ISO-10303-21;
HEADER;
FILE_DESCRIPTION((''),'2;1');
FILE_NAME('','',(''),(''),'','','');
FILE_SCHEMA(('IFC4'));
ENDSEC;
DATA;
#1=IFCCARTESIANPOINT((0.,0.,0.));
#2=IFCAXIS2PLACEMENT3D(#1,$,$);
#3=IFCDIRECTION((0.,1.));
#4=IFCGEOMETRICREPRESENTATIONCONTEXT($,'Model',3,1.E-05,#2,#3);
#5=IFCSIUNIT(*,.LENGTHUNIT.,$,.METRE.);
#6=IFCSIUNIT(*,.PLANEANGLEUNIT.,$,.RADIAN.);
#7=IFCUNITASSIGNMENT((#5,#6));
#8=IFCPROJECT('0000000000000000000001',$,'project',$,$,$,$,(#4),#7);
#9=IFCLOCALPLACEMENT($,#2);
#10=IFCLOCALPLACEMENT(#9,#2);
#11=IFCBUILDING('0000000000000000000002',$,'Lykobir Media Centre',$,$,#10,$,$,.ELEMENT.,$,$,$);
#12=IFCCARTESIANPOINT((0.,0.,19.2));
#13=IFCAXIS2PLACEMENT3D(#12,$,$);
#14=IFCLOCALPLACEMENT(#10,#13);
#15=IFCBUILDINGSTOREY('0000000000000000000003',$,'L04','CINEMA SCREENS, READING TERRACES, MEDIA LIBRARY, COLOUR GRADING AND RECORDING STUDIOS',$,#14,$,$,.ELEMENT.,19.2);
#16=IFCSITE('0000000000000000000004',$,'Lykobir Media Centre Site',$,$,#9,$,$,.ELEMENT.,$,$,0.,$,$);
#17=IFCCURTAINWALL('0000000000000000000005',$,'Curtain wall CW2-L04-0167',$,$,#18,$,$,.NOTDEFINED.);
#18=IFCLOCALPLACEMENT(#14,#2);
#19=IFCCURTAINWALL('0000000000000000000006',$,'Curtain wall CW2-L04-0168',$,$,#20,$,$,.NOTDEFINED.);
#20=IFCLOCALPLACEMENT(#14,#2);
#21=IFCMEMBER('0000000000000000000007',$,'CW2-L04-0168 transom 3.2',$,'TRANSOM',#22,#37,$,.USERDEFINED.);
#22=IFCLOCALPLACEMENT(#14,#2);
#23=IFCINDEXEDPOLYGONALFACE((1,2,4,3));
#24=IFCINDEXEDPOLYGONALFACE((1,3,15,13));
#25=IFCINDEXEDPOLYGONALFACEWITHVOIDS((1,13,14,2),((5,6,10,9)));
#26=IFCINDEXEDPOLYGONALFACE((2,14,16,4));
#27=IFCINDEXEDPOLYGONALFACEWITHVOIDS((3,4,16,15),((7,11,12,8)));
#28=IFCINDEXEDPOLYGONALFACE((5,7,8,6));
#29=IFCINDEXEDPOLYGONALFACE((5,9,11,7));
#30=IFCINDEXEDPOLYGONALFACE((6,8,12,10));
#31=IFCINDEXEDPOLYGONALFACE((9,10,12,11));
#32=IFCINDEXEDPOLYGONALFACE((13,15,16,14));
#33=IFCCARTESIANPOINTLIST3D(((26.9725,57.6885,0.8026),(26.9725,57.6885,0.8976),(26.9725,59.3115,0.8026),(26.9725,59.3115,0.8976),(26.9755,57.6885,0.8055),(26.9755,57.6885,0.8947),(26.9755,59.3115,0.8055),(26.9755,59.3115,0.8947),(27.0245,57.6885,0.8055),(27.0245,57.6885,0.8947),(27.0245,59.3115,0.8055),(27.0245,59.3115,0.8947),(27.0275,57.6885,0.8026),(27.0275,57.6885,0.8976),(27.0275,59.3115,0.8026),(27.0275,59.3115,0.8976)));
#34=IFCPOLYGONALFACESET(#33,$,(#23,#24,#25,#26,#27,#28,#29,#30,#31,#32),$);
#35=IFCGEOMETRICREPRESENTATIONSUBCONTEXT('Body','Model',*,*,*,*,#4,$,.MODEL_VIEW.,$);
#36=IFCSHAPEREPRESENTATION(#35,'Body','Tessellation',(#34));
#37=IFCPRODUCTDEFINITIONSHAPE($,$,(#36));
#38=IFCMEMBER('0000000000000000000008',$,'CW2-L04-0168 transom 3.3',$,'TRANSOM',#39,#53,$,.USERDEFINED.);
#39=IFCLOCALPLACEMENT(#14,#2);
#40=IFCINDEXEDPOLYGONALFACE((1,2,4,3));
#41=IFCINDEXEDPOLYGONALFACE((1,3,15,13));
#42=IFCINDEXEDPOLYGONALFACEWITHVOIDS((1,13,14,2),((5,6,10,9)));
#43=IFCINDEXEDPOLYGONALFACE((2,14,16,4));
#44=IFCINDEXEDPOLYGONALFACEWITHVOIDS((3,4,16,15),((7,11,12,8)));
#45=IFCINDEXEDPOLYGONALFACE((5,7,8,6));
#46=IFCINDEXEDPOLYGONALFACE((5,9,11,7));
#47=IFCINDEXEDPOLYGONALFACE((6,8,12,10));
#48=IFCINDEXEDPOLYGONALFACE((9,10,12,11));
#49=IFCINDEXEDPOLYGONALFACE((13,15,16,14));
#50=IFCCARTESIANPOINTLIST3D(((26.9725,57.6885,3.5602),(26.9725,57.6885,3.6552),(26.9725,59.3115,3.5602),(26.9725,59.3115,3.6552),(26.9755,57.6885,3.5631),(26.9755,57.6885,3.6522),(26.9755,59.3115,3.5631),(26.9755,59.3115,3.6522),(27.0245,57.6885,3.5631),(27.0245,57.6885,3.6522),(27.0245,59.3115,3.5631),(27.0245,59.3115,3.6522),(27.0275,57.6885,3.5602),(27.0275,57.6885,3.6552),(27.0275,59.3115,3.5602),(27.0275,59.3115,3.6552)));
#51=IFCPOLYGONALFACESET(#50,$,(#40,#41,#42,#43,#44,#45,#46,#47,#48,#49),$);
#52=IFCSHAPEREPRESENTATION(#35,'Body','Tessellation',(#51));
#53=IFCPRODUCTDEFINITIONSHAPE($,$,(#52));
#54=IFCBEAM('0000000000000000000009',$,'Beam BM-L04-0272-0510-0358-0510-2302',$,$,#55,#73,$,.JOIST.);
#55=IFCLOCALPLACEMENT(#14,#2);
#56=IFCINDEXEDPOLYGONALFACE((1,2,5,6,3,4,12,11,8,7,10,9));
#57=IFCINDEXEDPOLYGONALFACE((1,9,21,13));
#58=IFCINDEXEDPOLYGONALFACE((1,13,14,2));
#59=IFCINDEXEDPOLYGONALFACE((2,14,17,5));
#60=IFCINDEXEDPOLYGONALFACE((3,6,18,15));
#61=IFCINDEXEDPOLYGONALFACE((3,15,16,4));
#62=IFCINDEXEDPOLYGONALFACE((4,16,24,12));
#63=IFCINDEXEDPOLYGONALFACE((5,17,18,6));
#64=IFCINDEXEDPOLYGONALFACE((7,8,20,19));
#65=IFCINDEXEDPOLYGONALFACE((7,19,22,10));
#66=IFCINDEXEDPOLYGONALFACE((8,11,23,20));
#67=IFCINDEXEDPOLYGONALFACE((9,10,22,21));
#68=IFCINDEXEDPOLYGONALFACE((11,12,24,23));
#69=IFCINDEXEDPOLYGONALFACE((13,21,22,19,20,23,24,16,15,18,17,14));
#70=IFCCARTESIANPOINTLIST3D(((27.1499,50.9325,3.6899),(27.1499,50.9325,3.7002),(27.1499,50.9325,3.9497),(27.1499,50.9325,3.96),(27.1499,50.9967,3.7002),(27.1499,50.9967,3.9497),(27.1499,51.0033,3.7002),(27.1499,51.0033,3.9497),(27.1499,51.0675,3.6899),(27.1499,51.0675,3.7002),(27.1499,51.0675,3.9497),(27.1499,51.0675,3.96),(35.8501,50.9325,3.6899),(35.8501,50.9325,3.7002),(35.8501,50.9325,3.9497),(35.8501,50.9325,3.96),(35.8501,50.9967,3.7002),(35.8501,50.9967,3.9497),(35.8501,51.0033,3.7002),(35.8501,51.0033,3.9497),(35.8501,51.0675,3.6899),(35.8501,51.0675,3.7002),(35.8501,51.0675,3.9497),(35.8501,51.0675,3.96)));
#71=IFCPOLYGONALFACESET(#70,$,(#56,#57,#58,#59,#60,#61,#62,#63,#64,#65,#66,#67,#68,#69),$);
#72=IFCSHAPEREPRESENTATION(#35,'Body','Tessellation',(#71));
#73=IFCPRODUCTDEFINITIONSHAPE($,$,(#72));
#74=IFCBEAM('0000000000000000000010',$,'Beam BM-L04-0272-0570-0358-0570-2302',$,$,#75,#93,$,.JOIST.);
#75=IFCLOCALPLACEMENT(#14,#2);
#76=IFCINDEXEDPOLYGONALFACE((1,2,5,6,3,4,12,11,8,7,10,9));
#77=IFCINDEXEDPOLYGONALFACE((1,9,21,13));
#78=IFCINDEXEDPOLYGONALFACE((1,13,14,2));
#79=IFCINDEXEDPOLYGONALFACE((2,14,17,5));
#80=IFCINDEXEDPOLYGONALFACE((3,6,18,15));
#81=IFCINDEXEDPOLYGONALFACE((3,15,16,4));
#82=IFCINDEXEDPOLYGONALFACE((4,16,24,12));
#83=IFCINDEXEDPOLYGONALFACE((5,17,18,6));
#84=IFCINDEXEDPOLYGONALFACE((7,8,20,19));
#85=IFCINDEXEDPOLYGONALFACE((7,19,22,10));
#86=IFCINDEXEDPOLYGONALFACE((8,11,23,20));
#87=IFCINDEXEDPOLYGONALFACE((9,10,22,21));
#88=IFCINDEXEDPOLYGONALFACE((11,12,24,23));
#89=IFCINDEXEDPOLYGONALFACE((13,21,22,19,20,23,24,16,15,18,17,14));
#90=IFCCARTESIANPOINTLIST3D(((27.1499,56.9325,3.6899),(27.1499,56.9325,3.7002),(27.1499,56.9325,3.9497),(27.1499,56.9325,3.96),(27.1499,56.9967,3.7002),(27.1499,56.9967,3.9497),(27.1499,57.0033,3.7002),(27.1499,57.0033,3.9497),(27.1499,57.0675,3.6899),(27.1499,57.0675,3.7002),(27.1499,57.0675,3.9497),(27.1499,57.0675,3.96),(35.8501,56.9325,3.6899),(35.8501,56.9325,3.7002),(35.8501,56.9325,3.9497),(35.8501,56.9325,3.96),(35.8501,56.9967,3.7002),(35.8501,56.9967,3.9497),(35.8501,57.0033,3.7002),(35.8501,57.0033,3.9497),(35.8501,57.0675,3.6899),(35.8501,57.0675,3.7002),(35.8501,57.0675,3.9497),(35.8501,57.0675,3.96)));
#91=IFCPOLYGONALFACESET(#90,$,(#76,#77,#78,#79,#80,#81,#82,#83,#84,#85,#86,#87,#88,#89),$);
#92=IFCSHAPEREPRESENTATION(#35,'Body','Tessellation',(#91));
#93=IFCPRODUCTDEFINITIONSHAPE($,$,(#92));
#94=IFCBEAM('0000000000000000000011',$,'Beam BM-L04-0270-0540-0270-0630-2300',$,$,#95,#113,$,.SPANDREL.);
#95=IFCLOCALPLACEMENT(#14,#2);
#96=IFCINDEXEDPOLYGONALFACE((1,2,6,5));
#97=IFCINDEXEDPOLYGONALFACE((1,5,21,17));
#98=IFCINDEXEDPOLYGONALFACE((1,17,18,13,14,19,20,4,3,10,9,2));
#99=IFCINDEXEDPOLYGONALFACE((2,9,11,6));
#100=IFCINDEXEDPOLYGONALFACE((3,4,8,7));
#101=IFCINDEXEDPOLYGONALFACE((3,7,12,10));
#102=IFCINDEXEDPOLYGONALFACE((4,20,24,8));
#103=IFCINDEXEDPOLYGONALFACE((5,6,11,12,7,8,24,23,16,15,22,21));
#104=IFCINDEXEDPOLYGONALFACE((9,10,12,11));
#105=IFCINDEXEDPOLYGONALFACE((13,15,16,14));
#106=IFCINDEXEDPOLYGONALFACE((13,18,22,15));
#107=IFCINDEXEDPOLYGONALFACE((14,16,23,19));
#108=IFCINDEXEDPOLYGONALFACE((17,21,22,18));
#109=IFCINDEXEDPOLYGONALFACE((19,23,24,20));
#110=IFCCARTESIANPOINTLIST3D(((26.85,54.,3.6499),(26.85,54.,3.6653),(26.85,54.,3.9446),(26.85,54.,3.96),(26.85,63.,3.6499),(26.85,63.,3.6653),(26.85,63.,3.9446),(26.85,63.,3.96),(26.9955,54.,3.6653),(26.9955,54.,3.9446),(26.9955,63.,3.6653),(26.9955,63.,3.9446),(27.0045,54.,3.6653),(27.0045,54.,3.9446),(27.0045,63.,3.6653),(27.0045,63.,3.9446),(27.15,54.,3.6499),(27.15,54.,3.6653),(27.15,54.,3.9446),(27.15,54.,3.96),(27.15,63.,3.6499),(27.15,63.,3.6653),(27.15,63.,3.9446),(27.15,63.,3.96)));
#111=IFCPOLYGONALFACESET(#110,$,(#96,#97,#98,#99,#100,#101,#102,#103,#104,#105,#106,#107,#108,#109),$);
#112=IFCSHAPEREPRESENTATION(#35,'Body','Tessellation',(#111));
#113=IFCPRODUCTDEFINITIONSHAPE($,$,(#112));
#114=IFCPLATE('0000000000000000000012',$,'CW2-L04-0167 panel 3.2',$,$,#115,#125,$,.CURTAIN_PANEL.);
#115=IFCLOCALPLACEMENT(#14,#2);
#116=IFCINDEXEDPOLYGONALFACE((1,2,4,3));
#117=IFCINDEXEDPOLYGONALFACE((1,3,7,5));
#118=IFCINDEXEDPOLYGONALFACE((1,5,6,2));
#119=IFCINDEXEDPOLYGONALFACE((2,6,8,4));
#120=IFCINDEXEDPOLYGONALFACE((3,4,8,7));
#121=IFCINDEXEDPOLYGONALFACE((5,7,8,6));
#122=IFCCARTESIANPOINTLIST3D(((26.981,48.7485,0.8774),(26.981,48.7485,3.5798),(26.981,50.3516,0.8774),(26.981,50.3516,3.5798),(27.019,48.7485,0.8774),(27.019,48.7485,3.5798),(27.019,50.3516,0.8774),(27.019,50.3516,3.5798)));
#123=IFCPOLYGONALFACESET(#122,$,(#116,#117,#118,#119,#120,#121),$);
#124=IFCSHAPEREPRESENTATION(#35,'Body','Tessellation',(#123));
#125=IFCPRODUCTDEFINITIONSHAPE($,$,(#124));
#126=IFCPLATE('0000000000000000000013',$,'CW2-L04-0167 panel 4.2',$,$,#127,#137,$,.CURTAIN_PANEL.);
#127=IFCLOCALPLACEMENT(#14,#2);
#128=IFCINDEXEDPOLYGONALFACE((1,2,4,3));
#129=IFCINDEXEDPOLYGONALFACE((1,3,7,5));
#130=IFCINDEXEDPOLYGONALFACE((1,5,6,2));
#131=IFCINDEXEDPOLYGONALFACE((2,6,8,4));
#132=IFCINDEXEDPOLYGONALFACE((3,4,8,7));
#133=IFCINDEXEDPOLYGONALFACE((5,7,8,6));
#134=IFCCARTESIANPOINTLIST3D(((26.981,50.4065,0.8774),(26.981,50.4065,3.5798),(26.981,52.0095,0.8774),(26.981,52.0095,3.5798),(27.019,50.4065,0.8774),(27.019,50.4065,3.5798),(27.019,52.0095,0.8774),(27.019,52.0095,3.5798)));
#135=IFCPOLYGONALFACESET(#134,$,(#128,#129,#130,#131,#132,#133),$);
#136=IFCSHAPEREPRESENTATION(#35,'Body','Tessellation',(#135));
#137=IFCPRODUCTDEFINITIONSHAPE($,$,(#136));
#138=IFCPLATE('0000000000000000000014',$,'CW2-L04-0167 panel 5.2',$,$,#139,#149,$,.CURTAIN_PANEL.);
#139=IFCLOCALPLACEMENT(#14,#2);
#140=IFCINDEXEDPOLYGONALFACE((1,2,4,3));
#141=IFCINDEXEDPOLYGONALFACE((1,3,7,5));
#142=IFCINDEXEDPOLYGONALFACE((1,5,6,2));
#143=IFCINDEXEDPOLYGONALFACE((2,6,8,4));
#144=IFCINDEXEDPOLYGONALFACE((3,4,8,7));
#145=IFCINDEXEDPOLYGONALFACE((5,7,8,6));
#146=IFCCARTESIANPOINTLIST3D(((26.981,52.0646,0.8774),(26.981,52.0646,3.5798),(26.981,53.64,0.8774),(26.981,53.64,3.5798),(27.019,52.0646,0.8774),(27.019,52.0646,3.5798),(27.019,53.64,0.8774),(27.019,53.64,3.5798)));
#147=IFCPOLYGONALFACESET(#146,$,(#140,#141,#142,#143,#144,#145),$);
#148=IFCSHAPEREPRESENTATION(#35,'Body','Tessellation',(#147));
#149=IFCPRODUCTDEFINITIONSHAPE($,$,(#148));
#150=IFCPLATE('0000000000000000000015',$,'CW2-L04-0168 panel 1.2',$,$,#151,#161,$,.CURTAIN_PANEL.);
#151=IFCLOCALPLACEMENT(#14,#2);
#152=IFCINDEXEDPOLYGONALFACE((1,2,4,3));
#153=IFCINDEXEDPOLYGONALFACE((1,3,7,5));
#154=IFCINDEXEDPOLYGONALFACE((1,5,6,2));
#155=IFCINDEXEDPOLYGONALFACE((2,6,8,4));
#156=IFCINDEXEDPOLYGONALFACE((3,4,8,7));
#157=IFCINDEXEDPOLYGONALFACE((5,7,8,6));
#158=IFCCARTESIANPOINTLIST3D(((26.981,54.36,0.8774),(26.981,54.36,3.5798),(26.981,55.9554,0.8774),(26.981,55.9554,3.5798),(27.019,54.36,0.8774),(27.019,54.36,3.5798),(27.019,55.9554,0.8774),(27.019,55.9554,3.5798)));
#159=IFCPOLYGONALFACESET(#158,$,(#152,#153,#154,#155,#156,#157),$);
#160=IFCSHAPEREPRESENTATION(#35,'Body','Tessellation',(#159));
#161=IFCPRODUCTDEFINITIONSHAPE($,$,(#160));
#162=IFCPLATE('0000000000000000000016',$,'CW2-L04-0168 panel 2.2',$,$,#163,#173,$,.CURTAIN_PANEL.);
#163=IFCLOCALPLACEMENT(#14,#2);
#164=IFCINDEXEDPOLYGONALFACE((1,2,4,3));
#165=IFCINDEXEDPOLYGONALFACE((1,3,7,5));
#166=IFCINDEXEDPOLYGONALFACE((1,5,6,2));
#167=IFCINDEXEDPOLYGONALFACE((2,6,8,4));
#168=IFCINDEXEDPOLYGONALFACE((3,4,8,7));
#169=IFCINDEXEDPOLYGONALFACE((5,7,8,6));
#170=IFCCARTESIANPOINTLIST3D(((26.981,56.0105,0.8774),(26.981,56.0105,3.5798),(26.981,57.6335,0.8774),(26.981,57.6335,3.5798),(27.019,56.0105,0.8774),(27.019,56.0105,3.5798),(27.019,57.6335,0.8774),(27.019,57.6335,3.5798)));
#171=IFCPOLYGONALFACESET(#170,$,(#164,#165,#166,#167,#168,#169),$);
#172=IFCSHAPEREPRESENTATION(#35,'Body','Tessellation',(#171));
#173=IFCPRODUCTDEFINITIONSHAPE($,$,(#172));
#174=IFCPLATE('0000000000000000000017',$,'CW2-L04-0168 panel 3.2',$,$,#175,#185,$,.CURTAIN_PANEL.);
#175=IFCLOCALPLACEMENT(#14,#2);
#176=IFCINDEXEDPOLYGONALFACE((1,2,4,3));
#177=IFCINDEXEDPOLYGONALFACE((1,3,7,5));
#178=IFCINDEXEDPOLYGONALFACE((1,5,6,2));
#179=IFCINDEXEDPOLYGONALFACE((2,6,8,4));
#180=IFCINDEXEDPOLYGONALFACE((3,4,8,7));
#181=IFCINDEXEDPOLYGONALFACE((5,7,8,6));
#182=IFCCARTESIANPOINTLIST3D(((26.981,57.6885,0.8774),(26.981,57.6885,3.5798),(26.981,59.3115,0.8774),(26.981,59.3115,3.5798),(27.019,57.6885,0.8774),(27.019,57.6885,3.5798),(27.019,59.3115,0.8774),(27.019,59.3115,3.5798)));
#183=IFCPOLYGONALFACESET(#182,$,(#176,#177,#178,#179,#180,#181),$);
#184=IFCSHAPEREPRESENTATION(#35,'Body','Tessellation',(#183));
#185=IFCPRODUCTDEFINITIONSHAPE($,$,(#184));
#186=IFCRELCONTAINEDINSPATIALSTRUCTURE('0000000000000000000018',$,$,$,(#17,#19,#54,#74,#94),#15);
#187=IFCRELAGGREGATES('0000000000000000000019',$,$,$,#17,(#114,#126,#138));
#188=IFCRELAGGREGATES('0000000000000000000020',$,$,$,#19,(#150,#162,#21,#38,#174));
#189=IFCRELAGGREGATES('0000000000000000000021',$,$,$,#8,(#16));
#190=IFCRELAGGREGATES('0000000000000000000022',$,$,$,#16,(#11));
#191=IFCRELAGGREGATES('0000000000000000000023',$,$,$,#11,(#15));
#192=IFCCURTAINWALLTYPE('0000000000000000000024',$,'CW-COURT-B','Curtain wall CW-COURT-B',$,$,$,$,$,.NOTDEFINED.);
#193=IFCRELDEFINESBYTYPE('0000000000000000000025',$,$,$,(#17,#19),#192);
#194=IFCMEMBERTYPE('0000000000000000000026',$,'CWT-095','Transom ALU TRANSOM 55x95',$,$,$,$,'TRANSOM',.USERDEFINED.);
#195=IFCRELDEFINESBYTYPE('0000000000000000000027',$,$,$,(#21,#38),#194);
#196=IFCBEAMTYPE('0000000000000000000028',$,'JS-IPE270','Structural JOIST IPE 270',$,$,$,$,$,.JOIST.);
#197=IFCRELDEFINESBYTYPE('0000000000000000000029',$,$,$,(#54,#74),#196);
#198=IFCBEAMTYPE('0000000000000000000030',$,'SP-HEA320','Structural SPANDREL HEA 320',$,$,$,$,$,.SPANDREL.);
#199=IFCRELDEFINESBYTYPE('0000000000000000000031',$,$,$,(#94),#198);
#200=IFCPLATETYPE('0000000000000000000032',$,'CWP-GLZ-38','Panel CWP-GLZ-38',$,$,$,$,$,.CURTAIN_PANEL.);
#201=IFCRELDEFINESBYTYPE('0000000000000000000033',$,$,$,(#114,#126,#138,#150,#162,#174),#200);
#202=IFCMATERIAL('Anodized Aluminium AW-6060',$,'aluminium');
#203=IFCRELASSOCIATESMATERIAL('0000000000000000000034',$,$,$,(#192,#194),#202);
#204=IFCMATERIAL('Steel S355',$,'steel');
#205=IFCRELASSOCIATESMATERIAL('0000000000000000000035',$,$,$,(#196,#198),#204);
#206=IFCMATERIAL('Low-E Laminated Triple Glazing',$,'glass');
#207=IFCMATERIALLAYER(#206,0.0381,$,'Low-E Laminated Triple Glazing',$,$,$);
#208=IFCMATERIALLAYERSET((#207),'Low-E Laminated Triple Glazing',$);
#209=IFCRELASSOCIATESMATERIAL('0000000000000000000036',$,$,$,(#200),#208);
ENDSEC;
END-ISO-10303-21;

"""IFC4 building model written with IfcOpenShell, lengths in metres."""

from ifc_helpers import new_model, si_unit, direction, frame, origin, origin_2d, place, context, subcontext, project, spatial, rectangle, hollow_rectangle, i_section, extrude, material, layer, layer_set, material_profile, profile_set, type_object, element, aggregate, save


model = new_model("IFC4")

# Units and contexts
model_context = context("Model", 3, precision=1e-05, world=origin(), true_north=direction((0.0, 1.0)))
body_context = subcontext(model_context, "Body", "Model", "MODEL_VIEW")
ifc_project = project(units=[si_unit("LENGTHUNIT", "METRE"), si_unit("PLANEANGLEUNIT", "RADIAN")], contexts=[model_context])

# Site, building, storey
site_placement = place(None, origin())
site = spatial("IfcSite", under=ifc_project, at=site_placement, Name="Lykobir Media Centre Site", CompositionType="ELEMENT", RefElevation=0.0)
building_placement = place(site_placement, origin())
building = spatial("IfcBuilding", under=site, at=building_placement, Name="Lykobir Media Centre", CompositionType="ELEMENT")
storey_placement = place(building_placement, frame((0.0, 0.0, 19.2)))
storey = spatial("IfcBuildingStorey", under=building, at=storey_placement, Name="L04", Description="CINEMA SCREENS, READING TERRACES, MEDIA LIBRARY, COLOUR GRADING AND RECORDING STUDIOS", CompositionType="ELEMENT", Elevation=19.2)

# Shared definitions
ifc_material_1 = material(Name="Steel S355", Category="steel")

# Curtain walls
ifc_material_2 = material(Name="Anodized Aluminium AW-6060", Category="aluminium")
curtain_wall_type = type_object("IfcCurtainWallType", Name="CW-COURT-B", Description="Curtain wall CW-COURT-B", PredefinedType="NOTDEFINED", material=ifc_material_2)
curtain_wall_1_placement = place(storey_placement, origin())
curtain_wall_1 = element("IfcCurtainWall", 1, at=curtain_wall_1_placement, inside=storey, type_object=curtain_wall_type, Name="Curtain wall CW2-L04-0167", PredefinedType="NOTDEFINED")
curtain_wall_2_placement = place(storey_placement, origin())
curtain_wall_2 = element("IfcCurtainWall", 2, at=curtain_wall_2_placement, inside=storey, type_object=curtain_wall_type, Name="Curtain wall CW2-L04-0168", PredefinedType="NOTDEFINED")

# Members
ifc_material_profile_1 = material_profile(ifc_material_2, hollow_rectangle(XDim=0.0549, YDim=0.095, WallThickness=0.0029, at=origin_2d()), Name="ALU TRANSOM 55x95")
ifc_profile_set_1 = profile_set([ifc_material_profile_1], Name="Anodized Aluminium AW-6060")
member_type_1 = type_object("IfcMemberType", Name="CWT-095", Description="Transom ALU TRANSOM 55x95", ElementType="TRANSOM", PredefinedType="USERDEFINED", material=ifc_profile_set_1)
member_1_placement = place(storey_placement, frame((27.0, 57.6885, 0.8501), z_axis=(0.0, 1.0, 0.0), x_axis=(-1.0, 0.0, 0.0)))
member_1 = element("IfcMember", 3, at=member_1_placement, type_object=member_type_1, Name="CW2-L04-0168 transom 3.2", ObjectType="TRANSOM", PredefinedType="USERDEFINED", context=body_context, shape_type="SweptSolid", body=[
    extrude(hollow_rectangle(XDim=0.0549, YDim=0.095, WallThickness=0.0029, at=origin_2d()), origin(), (0.0, 0.0, 1.0), 1.623),
])
member_2_placement = place(storey_placement, frame((27.0, 57.6885, 3.6077), z_axis=(0.0, 1.0, 0.0), x_axis=(-1.0, 0.0, 0.0)))
member_2 = element("IfcMember", 4, at=member_2_placement, type_object=member_type_1, Name="CW2-L04-0168 transom 3.3", ObjectType="TRANSOM", PredefinedType="USERDEFINED", context=body_context, shape_type="SweptSolid", body=[
    extrude(hollow_rectangle(XDim=0.0549, YDim=0.095, WallThickness=0.0029, at=origin_2d()), origin(), (0.0, 0.0, 1.0), 1.623),
])

# Beams
ifc_material_profile_2 = material_profile(ifc_material_1, i_section(OverallWidth=0.135, OverallDepth=0.27, WebThickness=0.0066, FlangeThickness=0.0103, at=origin_2d()), Name="IPE 270")
ifc_profile_set_2 = profile_set([ifc_material_profile_2], Name="Steel S355")
beam_type_1 = type_object("IfcBeamType", Name="JS-IPE270", Description="Structural JOIST IPE 270", PredefinedType="JOIST", material=ifc_profile_set_2)
for number, where, z_axis, x_axis, name in (
    (5, (27.1499, 51.0, 3.825), (1.0, 0.0, 0.0), (0.0, 1.0, 0.0), "Beam BM-L04-0272-0510-0358-0510-2302"),
    (6, (27.1499, 57.0, 3.825), (1.0, 0.0, 0.0), (0.0, 1.0, 0.0), "Beam BM-L04-0272-0570-0358-0570-2302"),
):
    element("IfcBeam", number, at=place(storey_placement, frame(where, z_axis=z_axis, x_axis=x_axis)), inside=storey, type_object=beam_type_1, Name=name, PredefinedType="JOIST", context=body_context, shape_type="SweptSolid", body=[
        extrude(i_section(OverallWidth=0.135, OverallDepth=0.27, WebThickness=0.0066, FlangeThickness=0.0103, at=origin_2d()), origin(), (0.0, 0.0, 1.0), 8.7002),
    ])
ifc_material_profile_3 = material_profile(ifc_material_1, i_section(OverallWidth=0.3, OverallDepth=0.3101, WebThickness=0.009, FlangeThickness=0.0154, at=origin_2d()), Name="HEA 320")
ifc_profile_set_3 = profile_set([ifc_material_profile_3], Name="Steel S355")
beam_type_2 = type_object("IfcBeamType", Name="SP-HEA320", Description="Structural SPANDREL HEA 320", PredefinedType="SPANDREL", material=ifc_profile_set_3)
beam_1_placement = place(storey_placement, frame((27.0, 54.0, 3.8049), z_axis=(0.0, 1.0, 0.0), x_axis=(-1.0, 0.0, 0.0)))
element("IfcBeam", 7, at=beam_1_placement, inside=storey, type_object=beam_type_2, Name="Beam BM-L04-0270-0540-0270-0630-2300", PredefinedType="SPANDREL", context=body_context, shape_type="SweptSolid", body=[
    extrude(i_section(OverallWidth=0.3, OverallDepth=0.3101, WebThickness=0.009, FlangeThickness=0.0154, at=origin_2d()), origin(), (0.0, 0.0, 1.0), 9.0),
])

# Plates
ifc_material_3 = material(Name="Low-E Laminated Triple Glazing", Category="glass")
ifc_layer_1 = layer(ifc_material_3, 0.0381, Name="Low-E Laminated Triple Glazing")
ifc_layer_set_1 = layer_set([ifc_layer_1], Name="Low-E Laminated Triple Glazing")
plate_type_1 = type_object("IfcPlateType", Name="CWP-GLZ-38", Description="Panel CWP-GLZ-38", PredefinedType="CURTAIN_PANEL", material=ifc_layer_set_1)
plate_1_placement = place(storey_placement, frame((27.0, 49.55, 0.8774), z_axis=(0.0, 0.0, 1.0), x_axis=(0.0, 1.0, 0.0)))
plate_1 = element("IfcPlate", 8, at=plate_1_placement, type_object=plate_type_1, Name="CW2-L04-0167 panel 3.2", PredefinedType="CURTAIN_PANEL", context=body_context, shape_type="SweptSolid", body=[
    extrude(rectangle(XDim=1.603, YDim=0.0381, at=origin_2d()), origin(), (0.0, 0.0, 1.0), 2.7024),
])
plate_2_placement = place(storey_placement, frame((27.0, 51.208, 0.8774), z_axis=(0.0, 0.0, 1.0), x_axis=(0.0, 1.0, 0.0)))
plate_2 = element("IfcPlate", 9, at=plate_2_placement, type_object=plate_type_1, Name="CW2-L04-0167 panel 4.2", PredefinedType="CURTAIN_PANEL", context=body_context, shape_type="SweptSolid", body=[
    extrude(rectangle(XDim=1.603, YDim=0.0381, at=origin_2d()), origin(), (0.0, 0.0, 1.0), 2.7024),
])
plate_3_placement = place(storey_placement, frame((27.0, 52.8523, 0.8774), z_axis=(0.0, 0.0, 1.0), x_axis=(0.0, 1.0, 0.0)))
plate_3 = element("IfcPlate", 10, at=plate_3_placement, type_object=plate_type_1, Name="CW2-L04-0167 panel 5.2", PredefinedType="CURTAIN_PANEL", context=body_context, shape_type="SweptSolid", body=[
    extrude(rectangle(XDim=1.5754, YDim=0.0381, at=origin_2d()), origin(), (0.0, 0.0, 1.0), 2.7024),
])
plate_4_placement = place(storey_placement, frame((27.0, 55.1577, 0.8774), z_axis=(0.0, 0.0, 1.0), x_axis=(0.0, 1.0, 0.0)))
plate_4 = element("IfcPlate", 11, at=plate_4_placement, type_object=plate_type_1, Name="CW2-L04-0168 panel 1.2", PredefinedType="CURTAIN_PANEL", context=body_context, shape_type="SweptSolid", body=[
    extrude(rectangle(XDim=1.5955, YDim=0.0381, at=origin_2d()), origin(), (0.0, 0.0, 1.0), 2.7024),
])
plate_5_placement = place(storey_placement, frame((27.0, 56.822, 0.8774), z_axis=(0.0, 0.0, 1.0), x_axis=(0.0, 1.0, 0.0)))
plate_5 = element("IfcPlate", 12, at=plate_5_placement, type_object=plate_type_1, Name="CW2-L04-0168 panel 2.2", PredefinedType="CURTAIN_PANEL", context=body_context, shape_type="SweptSolid", body=[
    extrude(rectangle(XDim=1.623, YDim=0.0381, at=origin_2d()), origin(), (0.0, 0.0, 1.0), 2.7024),
])
plate_6_placement = place(storey_placement, frame((27.0, 58.5, 0.8774), z_axis=(0.0, 0.0, 1.0), x_axis=(0.0, 1.0, 0.0)))
plate_6 = element("IfcPlate", 13, at=plate_6_placement, type_object=plate_type_1, Name="CW2-L04-0168 panel 3.2", PredefinedType="CURTAIN_PANEL", context=body_context, shape_type="SweptSolid", body=[
    extrude(rectangle(XDim=1.623, YDim=0.0381, at=origin_2d()), origin(), (0.0, 0.0, 1.0), 2.7024),
])
aggregate(curtain_wall_1, [plate_1, plate_2, plate_3])
aggregate(curtain_wall_2, [plate_4, plate_5, member_1, member_2, plate_6])

save(model, "model.ifc")
